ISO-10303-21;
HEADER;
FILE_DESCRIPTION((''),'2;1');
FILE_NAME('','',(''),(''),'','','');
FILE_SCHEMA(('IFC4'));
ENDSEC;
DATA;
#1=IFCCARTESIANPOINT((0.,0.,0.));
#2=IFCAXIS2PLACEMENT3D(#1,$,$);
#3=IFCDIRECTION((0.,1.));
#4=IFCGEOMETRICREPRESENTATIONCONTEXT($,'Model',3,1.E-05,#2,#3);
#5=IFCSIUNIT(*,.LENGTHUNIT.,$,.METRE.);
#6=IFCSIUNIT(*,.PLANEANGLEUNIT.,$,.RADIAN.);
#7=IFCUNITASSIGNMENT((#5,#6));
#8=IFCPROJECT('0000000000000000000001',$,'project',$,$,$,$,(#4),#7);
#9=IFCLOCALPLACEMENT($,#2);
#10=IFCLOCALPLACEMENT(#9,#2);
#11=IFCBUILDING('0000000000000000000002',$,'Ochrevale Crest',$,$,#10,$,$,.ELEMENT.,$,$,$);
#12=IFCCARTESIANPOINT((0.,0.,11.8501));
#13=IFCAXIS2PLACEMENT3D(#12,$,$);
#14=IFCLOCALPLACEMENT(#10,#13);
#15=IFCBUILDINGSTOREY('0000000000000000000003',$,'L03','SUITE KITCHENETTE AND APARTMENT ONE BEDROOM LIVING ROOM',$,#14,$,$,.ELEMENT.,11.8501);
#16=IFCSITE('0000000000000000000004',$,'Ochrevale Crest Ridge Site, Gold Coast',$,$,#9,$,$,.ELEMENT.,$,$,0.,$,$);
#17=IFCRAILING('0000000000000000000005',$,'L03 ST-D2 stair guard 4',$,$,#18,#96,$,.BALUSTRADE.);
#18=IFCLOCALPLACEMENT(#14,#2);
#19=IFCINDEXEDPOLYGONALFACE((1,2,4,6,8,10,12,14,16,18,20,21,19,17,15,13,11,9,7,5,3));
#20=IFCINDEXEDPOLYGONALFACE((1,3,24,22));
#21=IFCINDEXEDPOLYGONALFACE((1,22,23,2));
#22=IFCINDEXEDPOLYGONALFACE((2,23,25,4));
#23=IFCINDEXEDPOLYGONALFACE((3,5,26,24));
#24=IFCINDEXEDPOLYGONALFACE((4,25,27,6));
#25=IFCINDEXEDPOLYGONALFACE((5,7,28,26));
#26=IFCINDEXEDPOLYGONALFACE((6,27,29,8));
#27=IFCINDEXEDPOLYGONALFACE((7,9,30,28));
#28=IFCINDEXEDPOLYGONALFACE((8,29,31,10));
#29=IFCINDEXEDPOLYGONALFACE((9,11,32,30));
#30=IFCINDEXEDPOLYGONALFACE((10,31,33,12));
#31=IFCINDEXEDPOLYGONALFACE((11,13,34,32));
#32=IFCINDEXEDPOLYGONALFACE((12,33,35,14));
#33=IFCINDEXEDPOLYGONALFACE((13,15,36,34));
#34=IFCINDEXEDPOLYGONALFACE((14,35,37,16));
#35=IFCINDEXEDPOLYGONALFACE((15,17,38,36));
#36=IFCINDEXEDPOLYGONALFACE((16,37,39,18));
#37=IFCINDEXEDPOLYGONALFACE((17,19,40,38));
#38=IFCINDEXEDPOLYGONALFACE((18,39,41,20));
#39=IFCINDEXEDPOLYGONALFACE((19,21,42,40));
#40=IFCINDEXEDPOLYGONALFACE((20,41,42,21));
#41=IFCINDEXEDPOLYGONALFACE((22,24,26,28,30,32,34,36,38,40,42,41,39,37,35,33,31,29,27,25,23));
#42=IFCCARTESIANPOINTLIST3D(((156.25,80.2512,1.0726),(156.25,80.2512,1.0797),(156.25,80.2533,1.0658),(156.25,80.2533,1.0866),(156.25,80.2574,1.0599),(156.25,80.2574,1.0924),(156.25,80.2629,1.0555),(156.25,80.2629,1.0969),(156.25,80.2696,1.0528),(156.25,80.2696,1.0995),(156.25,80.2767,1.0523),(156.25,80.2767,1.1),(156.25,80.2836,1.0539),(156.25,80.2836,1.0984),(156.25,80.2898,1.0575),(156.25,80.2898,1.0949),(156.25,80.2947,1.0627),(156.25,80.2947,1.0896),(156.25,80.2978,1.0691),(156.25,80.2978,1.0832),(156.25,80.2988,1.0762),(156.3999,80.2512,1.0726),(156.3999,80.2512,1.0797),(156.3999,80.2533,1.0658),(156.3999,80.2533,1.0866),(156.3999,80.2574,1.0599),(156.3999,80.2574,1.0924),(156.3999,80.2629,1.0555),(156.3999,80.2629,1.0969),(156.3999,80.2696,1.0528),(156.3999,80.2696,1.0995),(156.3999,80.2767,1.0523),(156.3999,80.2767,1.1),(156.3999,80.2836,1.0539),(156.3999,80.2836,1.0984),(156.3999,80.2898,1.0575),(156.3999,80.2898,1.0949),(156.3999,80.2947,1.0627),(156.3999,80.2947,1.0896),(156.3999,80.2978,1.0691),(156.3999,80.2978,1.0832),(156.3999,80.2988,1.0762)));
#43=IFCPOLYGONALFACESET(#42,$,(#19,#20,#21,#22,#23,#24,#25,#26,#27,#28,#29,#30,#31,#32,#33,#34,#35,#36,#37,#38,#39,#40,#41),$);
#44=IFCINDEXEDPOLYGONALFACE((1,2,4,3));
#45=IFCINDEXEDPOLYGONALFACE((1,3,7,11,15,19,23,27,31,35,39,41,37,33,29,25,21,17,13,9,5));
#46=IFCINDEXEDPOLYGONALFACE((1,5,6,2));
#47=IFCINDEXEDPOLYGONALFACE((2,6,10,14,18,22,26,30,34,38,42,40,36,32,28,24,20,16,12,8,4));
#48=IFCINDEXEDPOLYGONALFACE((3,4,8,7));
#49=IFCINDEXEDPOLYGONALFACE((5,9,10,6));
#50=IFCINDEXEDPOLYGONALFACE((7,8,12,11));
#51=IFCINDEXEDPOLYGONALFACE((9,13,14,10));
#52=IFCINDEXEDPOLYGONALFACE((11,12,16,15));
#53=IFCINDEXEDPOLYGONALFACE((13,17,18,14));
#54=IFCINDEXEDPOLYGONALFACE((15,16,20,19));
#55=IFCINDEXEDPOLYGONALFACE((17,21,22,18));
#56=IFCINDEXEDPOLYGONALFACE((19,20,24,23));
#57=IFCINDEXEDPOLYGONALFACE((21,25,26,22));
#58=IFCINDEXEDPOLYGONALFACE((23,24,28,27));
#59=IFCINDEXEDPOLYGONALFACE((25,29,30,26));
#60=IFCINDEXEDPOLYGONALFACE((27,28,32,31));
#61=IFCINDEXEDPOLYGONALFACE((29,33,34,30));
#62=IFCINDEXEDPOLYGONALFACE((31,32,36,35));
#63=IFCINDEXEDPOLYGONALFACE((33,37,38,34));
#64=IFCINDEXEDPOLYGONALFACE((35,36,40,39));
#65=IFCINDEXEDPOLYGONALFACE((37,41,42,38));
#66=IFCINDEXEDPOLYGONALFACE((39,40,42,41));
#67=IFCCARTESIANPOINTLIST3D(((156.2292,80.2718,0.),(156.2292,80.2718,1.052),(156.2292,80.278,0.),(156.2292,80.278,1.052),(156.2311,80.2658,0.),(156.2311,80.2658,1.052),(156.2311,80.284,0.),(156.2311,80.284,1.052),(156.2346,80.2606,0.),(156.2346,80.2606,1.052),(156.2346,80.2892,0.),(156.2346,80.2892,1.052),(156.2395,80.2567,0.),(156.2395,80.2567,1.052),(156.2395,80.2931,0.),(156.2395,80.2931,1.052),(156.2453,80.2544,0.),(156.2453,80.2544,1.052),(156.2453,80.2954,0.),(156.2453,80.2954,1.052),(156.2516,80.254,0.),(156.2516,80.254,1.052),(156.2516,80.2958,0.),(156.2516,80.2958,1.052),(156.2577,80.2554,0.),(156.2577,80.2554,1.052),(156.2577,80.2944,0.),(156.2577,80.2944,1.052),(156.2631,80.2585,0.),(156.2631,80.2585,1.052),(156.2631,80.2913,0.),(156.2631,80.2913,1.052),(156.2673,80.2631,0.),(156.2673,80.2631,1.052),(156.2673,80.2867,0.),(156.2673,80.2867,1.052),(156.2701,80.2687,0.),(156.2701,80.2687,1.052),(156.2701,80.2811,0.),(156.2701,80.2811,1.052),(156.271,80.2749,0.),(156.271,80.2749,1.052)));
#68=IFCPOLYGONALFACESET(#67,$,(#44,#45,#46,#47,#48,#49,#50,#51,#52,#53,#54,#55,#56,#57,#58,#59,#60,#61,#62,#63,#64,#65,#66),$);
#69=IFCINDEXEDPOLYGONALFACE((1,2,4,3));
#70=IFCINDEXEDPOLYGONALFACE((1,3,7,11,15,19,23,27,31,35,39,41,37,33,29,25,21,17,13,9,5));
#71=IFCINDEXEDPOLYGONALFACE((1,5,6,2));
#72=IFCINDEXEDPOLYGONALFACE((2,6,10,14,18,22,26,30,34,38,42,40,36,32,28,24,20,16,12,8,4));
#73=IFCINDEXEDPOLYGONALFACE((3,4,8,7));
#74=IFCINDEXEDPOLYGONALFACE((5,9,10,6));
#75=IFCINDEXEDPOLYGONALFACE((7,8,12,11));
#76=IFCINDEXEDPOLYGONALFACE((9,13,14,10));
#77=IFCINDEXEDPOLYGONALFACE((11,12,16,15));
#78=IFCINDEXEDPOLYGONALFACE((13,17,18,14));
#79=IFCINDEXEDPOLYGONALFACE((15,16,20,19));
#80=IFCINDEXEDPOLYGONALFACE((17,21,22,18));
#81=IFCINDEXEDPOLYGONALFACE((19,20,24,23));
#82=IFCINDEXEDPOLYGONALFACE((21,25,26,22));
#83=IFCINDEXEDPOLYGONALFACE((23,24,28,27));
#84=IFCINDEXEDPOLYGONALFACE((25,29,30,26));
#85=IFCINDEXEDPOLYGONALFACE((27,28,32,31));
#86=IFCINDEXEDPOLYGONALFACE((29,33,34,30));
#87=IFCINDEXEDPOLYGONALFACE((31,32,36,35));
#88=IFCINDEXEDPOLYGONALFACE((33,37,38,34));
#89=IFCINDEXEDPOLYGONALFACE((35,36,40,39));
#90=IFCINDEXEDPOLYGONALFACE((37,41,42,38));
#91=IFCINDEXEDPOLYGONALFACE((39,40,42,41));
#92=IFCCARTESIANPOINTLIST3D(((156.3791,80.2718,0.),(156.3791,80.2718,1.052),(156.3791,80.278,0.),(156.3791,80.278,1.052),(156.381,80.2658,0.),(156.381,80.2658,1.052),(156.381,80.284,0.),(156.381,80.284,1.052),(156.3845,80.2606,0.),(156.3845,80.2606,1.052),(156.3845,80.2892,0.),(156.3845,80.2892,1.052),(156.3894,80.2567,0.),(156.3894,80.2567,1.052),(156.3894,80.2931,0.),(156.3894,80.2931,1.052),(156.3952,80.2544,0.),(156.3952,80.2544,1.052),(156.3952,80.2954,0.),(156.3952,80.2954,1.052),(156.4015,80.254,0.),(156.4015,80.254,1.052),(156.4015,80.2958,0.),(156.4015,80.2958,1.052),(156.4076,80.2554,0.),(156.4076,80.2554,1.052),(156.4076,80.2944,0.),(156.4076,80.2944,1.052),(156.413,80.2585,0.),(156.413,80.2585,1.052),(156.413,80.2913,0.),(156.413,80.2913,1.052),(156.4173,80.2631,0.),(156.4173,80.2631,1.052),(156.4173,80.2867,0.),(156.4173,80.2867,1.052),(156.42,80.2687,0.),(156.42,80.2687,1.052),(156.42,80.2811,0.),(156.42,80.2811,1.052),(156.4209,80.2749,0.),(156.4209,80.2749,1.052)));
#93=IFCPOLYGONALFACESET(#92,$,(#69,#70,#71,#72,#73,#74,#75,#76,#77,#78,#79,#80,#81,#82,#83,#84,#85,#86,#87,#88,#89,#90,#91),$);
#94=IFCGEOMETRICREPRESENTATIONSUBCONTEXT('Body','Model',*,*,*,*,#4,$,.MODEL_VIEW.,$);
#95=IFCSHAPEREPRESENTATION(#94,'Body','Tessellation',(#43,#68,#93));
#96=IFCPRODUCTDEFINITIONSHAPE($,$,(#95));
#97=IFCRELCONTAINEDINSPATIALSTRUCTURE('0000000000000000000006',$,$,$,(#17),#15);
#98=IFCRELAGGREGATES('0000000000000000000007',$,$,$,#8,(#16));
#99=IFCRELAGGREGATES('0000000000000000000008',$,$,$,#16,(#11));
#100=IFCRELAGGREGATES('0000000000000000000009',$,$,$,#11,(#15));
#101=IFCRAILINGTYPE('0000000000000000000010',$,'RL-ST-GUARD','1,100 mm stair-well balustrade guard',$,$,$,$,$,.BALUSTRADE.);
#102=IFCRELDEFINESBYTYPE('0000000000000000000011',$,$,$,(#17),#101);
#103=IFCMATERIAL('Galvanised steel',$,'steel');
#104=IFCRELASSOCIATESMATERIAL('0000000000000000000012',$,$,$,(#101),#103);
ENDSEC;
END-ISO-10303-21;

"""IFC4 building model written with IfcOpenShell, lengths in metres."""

from ifc_helpers import new_model, si_unit, direction, frame, origin, origin_2d, place, context, subcontext, project, spatial, circle, extrude, material, type_object, element, save


model = new_model("IFC4")

# Units and contexts
model_context = context("Model", 3, precision=1e-05, world=origin(), true_north=direction((0.0, 1.0)))
body_context = subcontext(model_context, "Body", "Model", "MODEL_VIEW")
ifc_project = project(units=[si_unit("LENGTHUNIT", "METRE"), si_unit("PLANEANGLEUNIT", "RADIAN")], contexts=[model_context])

# Site, building, storey
site_placement = place(None, origin())
site = spatial("IfcSite", under=ifc_project, at=site_placement, Name="Ochrevale Crest Ridge Site, Gold Coast", CompositionType="ELEMENT", RefElevation=0.0)
building_placement = place(site_placement, origin())
building = spatial("IfcBuilding", under=site, at=building_placement, Name="Ochrevale Crest", CompositionType="ELEMENT")
storey_placement = place(building_placement, frame((0.0, 0.0, 11.8501)))
storey = spatial("IfcBuildingStorey", under=building, at=storey_placement, Name="L03", Description="SUITE KITCHENETTE AND APARTMENT ONE BEDROOM LIVING ROOM", CompositionType="ELEMENT", Elevation=11.8501)

# Railing
ifc_material_1 = material(Name="Galvanised steel", Category="steel")
railing_type_1 = type_object("IfcRailingType", Name="RL-ST-GUARD", Description="1,100 mm stair-well balustrade guard", PredefinedType="BALUSTRADE", material=ifc_material_1)
railing_1_placement = place(storey_placement, frame((156.25, 80.2749, 0.0)))
element("IfcRailing", 1, at=railing_1_placement, inside=storey, type_object=railing_type_1, Name="L03 ST-D2 stair guard 4", PredefinedType="BALUSTRADE", context=body_context, shape_type="SweptSolid", body=[
    extrude(circle(Radius=0.0239, at=origin_2d()), frame((0.0, 0.0, 1.0762), z_axis=(1.0, 0.0, 0.0), x_axis=(0.0, 1.0, 0.0)), (0.0, 0.0, 1.0), 0.1499),
    extrude(circle(Radius=0.021, at=origin_2d()), origin(), (0.0, 0.0, 1.0), 1.052),
    extrude(circle(Radius=0.021, at=origin_2d()), frame((0.1499, 0.0, 0.0)), (0.0, 0.0, 1.0), 1.052),
])

save(model, "model.ifc")
